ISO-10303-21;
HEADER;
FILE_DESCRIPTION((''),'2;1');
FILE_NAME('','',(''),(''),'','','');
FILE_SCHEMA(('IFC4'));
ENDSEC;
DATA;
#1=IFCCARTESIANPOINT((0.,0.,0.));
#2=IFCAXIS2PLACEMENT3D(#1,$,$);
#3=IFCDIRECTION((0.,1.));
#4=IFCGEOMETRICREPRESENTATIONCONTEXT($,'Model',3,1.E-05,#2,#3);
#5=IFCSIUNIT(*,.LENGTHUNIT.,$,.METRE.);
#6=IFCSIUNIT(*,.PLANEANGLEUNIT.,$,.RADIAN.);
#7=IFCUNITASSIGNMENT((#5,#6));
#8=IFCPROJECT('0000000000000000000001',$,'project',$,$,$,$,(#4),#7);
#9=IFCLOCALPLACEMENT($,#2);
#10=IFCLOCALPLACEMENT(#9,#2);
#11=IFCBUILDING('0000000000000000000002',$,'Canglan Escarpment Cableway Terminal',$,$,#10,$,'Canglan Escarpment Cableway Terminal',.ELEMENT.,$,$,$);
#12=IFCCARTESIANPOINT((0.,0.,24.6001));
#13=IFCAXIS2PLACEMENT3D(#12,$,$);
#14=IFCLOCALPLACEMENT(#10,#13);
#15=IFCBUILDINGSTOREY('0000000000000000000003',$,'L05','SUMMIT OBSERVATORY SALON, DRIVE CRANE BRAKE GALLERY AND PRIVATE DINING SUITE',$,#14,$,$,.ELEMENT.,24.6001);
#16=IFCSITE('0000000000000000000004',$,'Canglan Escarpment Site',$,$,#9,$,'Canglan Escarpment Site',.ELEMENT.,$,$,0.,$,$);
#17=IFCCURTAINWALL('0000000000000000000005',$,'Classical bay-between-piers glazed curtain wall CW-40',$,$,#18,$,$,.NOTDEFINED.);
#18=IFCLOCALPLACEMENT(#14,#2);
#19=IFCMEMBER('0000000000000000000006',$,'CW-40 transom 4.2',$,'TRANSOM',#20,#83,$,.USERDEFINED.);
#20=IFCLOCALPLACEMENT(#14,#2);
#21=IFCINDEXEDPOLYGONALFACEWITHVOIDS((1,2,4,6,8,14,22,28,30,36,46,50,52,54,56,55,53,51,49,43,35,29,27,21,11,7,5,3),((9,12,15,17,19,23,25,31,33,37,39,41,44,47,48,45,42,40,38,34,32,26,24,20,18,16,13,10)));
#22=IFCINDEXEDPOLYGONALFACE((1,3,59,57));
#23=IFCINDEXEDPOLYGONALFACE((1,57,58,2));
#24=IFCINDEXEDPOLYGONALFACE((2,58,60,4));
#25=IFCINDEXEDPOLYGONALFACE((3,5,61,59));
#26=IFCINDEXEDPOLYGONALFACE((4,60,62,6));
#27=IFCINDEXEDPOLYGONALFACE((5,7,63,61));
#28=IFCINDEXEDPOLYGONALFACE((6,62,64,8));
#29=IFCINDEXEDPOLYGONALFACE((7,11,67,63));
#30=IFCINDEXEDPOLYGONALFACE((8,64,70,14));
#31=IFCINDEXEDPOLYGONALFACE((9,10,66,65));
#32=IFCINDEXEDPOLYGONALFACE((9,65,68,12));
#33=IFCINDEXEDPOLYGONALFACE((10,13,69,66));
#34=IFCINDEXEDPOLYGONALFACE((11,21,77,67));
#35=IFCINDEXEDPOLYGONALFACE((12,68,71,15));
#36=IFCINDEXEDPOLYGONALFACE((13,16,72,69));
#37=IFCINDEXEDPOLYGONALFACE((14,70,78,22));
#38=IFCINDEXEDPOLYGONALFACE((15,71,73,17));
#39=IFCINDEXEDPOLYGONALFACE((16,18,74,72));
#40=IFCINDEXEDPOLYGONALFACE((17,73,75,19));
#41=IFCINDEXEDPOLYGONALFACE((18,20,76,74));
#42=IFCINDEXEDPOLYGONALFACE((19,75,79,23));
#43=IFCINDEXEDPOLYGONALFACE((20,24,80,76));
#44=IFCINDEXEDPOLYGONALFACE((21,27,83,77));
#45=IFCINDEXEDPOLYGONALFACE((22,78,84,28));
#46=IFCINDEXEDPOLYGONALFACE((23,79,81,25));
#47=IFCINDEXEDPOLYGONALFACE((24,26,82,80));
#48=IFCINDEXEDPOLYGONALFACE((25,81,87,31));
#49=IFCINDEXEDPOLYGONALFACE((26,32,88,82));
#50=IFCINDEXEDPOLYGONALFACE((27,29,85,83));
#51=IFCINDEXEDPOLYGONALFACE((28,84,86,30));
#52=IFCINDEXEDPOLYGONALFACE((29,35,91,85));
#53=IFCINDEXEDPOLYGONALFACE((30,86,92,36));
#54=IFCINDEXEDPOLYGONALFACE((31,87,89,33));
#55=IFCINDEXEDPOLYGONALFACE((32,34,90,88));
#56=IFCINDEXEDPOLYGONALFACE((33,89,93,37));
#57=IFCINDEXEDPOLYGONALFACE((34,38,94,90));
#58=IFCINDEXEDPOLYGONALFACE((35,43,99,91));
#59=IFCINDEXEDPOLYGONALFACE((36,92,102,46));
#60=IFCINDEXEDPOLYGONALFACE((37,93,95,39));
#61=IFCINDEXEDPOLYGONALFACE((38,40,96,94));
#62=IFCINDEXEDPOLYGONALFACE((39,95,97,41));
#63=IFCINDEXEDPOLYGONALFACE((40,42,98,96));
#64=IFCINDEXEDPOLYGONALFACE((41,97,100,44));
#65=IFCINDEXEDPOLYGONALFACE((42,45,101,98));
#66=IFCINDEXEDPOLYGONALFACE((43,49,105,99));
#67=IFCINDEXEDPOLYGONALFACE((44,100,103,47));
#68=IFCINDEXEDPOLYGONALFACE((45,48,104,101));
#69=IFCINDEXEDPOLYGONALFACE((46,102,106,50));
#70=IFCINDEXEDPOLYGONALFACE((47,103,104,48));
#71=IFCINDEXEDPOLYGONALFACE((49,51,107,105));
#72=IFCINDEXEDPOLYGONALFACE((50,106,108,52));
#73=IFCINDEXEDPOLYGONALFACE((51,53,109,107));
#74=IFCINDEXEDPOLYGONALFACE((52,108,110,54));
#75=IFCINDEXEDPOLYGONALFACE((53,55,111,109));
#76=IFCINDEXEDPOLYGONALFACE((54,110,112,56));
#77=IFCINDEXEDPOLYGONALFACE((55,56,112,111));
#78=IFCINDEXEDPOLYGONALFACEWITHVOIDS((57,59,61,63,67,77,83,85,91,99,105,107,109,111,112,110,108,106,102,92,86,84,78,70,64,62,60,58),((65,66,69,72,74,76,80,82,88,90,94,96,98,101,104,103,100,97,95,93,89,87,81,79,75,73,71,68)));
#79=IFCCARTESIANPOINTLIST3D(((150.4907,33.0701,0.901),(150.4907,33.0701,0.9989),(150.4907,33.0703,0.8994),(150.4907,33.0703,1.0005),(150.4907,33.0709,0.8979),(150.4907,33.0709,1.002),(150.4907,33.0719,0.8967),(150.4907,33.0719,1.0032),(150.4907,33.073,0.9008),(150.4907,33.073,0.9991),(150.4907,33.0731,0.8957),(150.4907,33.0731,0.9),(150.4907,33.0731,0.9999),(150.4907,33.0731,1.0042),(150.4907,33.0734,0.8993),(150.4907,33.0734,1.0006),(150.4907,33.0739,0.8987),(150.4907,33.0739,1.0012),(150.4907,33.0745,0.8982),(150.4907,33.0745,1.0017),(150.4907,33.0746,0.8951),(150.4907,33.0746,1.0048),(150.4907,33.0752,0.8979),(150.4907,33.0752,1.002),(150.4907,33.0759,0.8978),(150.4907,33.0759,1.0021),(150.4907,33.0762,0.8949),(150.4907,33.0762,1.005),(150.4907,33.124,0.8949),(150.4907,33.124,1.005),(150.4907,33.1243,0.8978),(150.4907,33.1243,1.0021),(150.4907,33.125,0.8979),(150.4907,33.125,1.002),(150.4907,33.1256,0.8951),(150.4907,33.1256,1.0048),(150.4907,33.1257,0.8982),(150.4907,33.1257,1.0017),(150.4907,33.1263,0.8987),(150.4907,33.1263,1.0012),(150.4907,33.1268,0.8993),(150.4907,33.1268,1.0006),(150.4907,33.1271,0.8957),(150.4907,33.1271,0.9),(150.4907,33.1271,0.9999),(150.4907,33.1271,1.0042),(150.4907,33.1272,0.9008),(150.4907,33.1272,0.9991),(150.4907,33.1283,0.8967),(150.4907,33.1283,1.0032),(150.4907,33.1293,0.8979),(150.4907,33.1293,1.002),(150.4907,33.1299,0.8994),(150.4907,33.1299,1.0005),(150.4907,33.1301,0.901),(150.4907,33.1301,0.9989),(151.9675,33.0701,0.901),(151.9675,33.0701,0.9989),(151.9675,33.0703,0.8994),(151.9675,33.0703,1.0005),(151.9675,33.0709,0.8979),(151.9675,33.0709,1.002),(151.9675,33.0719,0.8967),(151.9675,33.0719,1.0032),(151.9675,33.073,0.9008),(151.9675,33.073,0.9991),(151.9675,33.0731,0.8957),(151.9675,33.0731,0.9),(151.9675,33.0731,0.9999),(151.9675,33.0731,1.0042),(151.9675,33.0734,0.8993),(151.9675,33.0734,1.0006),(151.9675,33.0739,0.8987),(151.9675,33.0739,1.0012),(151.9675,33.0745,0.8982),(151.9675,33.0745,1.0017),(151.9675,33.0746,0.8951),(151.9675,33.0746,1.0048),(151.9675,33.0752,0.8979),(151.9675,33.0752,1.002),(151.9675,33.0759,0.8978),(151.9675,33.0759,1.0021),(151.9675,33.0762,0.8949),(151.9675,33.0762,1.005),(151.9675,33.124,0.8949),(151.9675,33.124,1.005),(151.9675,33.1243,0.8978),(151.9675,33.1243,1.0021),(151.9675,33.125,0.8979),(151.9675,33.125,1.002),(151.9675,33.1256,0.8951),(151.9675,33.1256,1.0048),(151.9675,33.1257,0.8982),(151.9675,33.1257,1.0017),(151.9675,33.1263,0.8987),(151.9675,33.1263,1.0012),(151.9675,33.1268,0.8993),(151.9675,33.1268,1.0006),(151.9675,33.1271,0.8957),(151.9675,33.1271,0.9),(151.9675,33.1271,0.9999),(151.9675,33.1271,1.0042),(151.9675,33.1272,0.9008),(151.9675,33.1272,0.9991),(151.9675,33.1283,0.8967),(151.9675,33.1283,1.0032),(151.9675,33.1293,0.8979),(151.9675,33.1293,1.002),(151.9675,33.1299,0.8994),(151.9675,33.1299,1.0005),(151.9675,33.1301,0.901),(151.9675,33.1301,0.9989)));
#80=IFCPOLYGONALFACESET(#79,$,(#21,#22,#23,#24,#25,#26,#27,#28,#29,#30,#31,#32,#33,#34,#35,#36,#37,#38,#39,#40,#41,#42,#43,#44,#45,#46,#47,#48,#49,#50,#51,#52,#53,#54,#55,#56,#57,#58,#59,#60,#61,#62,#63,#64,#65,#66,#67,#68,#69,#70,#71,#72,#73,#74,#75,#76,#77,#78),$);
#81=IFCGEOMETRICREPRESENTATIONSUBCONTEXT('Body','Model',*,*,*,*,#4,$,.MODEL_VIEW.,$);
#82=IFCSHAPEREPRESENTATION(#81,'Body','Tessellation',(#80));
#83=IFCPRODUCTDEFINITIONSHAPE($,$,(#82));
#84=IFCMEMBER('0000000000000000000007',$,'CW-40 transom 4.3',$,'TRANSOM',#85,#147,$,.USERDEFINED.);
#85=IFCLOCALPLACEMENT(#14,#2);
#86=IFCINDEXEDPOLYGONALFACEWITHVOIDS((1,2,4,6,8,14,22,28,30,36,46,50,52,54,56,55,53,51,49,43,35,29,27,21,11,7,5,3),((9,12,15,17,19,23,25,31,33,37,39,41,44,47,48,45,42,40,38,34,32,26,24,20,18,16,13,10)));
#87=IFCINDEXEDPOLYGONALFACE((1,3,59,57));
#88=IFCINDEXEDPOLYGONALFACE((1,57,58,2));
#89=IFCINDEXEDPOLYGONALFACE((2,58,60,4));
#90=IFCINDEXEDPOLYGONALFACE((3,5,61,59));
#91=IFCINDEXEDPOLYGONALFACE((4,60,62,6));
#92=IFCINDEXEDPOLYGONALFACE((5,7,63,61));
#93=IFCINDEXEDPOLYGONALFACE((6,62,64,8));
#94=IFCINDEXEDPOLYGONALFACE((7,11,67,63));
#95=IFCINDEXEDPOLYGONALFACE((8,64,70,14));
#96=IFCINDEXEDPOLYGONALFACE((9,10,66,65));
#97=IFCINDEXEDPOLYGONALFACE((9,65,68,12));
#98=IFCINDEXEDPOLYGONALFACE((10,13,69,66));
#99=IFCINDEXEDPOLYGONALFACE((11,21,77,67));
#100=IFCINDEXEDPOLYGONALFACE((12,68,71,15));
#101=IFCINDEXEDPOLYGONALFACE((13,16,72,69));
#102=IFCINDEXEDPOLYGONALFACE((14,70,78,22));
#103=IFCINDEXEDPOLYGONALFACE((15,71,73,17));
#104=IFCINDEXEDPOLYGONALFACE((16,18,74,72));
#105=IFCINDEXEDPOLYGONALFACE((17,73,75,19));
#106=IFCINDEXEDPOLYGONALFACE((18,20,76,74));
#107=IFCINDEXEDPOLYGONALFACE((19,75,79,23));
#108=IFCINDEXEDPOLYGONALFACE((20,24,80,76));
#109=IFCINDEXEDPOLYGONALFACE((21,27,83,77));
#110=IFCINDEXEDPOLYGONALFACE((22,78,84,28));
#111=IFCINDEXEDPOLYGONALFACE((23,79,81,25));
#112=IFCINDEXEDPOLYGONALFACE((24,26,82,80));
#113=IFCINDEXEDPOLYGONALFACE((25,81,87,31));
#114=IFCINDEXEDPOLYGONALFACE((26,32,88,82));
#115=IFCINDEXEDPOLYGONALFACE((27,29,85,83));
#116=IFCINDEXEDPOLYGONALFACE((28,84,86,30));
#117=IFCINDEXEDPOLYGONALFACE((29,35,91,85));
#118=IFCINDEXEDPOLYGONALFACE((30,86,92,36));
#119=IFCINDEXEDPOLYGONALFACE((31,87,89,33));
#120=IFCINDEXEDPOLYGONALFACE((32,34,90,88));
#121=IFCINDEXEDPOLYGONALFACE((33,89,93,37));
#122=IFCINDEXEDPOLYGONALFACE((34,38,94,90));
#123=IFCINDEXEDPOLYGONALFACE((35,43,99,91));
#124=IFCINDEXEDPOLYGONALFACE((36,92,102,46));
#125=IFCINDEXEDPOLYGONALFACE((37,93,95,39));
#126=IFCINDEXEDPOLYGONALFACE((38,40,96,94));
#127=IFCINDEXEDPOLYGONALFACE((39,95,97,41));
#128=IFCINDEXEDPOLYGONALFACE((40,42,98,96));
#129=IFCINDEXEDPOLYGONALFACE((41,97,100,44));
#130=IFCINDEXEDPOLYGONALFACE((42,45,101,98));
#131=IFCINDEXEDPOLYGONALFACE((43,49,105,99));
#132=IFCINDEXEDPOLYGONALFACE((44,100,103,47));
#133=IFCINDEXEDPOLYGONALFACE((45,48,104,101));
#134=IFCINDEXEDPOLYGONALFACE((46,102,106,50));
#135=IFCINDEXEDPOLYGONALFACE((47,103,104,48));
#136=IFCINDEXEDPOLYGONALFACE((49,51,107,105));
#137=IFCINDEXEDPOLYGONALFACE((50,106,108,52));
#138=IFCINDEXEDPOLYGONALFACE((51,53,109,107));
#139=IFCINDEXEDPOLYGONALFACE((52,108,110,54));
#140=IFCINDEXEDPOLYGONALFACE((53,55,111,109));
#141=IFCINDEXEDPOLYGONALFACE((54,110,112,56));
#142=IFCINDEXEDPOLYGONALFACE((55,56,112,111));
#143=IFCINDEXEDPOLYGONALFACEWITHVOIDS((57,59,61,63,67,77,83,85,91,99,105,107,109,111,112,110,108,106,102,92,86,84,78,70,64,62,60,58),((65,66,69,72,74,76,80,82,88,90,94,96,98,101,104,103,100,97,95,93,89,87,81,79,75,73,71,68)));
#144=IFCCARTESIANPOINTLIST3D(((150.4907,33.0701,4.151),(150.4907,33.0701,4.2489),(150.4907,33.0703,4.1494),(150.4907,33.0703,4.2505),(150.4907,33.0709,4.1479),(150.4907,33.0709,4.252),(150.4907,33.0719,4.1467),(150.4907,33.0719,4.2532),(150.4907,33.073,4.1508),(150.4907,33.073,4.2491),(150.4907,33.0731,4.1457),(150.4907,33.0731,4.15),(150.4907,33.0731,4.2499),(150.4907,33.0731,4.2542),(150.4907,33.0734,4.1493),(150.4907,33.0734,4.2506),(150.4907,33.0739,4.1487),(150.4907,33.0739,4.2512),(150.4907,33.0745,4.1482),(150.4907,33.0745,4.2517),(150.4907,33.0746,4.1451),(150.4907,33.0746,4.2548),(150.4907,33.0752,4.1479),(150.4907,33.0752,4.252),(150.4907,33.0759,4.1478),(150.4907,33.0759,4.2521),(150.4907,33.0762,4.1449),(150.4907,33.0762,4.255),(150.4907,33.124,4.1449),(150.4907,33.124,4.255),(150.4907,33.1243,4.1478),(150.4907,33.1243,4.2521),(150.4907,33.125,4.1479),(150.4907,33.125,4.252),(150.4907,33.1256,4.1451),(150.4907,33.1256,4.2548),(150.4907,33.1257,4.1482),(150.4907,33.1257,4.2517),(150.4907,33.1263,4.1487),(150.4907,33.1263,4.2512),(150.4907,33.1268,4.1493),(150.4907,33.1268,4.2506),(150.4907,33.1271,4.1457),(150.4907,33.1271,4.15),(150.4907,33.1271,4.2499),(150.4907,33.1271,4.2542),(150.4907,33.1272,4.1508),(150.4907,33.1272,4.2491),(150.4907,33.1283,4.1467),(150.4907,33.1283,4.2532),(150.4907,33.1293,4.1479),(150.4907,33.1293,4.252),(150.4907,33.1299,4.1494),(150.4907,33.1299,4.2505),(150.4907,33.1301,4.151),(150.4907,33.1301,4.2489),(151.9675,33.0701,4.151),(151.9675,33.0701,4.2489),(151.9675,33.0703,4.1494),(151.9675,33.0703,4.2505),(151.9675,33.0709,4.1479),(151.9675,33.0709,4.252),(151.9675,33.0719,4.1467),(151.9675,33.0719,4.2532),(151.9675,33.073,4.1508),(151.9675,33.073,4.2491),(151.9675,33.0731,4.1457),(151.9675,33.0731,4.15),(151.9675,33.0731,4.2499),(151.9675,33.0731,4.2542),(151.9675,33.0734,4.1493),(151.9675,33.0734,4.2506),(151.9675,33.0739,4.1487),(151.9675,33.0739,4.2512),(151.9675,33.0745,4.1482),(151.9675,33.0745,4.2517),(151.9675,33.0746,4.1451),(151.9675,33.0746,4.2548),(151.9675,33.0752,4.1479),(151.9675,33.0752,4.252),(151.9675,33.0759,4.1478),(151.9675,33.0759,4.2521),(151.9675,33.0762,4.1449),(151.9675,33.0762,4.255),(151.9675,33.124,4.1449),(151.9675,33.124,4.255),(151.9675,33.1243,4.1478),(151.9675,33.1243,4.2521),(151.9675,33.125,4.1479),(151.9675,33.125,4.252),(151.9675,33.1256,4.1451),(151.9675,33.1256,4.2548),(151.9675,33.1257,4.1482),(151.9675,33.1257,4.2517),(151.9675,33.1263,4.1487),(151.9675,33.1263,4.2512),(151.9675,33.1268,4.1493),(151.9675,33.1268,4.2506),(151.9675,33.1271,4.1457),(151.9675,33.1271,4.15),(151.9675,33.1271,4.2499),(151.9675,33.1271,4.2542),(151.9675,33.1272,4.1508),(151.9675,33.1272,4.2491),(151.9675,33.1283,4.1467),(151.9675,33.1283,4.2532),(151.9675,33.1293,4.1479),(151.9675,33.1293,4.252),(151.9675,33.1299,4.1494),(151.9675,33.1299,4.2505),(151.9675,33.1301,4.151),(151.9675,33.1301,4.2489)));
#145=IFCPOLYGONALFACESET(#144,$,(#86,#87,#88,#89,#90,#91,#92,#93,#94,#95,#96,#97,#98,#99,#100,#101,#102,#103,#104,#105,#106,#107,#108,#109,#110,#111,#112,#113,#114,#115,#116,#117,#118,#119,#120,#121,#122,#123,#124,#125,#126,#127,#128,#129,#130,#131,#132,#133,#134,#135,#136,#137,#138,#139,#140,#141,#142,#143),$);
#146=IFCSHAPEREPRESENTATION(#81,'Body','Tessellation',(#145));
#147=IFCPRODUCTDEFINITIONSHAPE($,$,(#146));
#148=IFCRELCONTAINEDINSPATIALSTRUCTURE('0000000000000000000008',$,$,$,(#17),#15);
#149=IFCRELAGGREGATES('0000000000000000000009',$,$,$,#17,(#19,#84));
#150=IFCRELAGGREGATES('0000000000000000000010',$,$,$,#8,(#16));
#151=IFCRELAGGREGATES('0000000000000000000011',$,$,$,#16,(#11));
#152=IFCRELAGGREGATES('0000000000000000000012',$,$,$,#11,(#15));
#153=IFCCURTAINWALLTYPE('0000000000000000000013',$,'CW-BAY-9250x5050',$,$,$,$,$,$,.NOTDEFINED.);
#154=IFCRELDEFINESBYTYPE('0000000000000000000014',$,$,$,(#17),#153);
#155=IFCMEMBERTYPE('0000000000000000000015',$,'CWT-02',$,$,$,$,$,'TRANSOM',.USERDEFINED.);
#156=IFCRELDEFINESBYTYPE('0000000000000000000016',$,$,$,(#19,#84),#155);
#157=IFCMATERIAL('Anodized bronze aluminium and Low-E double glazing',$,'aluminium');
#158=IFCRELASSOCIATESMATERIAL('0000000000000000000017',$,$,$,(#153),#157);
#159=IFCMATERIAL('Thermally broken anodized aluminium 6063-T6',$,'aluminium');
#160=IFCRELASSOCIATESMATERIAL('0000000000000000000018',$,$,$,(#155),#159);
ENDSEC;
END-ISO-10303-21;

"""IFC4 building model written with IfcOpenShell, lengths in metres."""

from ifc_helpers import new_model, si_unit, direction, frame, origin, origin_2d, place, context, subcontext, project, spatial, hollow_rectangle, extrude, material, material_profile, profile_set, type_object, element, aggregate, save


model = new_model("IFC4")

# Units and contexts
model_context = context("Model", 3, precision=1e-05, world=origin(), true_north=direction((0.0, 1.0)))
body_context = subcontext(model_context, "Body", "Model", "MODEL_VIEW")
ifc_project = project(units=[si_unit("LENGTHUNIT", "METRE"), si_unit("PLANEANGLEUNIT", "RADIAN")], contexts=[model_context])

# Site, building, storey
site_placement = place(None, origin())
site = spatial("IfcSite", under=ifc_project, at=site_placement, Name="Canglan Escarpment Site", LongName="Canglan Escarpment Site", CompositionType="ELEMENT", RefElevation=0.0)
building_placement = place(site_placement, origin())
building = spatial("IfcBuilding", under=site, at=building_placement, Name="Canglan Escarpment Cableway Terminal", LongName="Canglan Escarpment Cableway Terminal", CompositionType="ELEMENT")
storey_placement = place(building_placement, frame((0.0, 0.0, 24.6001)))
storey = spatial("IfcBuildingStorey", under=building, at=storey_placement, Name="L05", Description="SUMMIT OBSERVATORY SALON, DRIVE CRANE BRAKE GALLERY AND PRIVATE DINING SUITE", CompositionType="ELEMENT", Elevation=24.6001)

# Shared definitions
ifc_material_1 = material(Name="Anodized bronze aluminium and Low-E double glazing", Category="aluminium")
ifc_material_2 = material(Name="Thermally broken anodized aluminium 6063-T6", Category="aluminium")

# Curtain wall
curtain_wall_type_1 = type_object("IfcCurtainWallType", Name="CW-BAY-9250x5050", PredefinedType="NOTDEFINED", material=ifc_material_1)
curtain_wall_1_placement = place(storey_placement, origin())
curtain_wall_1 = element("IfcCurtainWall", 1, at=curtain_wall_1_placement, inside=storey, type_object=curtain_wall_type_1, Name="Classical bay-between-piers glazed curtain wall CW-40", PredefinedType="NOTDEFINED")

# Members
ifc_material_profile_1 = material_profile(ifc_material_2, hollow_rectangle(XDim=0.0601, YDim=0.1101, WallThickness=0.0029, InnerFilletRadius=0.0029, OuterFilletRadius=0.0061, at=origin_2d()), Name="ALU-TRAN 60x110x3")
ifc_profile_set_1 = profile_set([ifc_material_profile_1], Name="Thermally broken anodized aluminium 6063-T6")
member_type_1 = type_object("IfcMemberType", Name="CWT-02", ElementType="TRANSOM", PredefinedType="USERDEFINED", material=ifc_profile_set_1)
member_1_placement = place(storey_placement, frame((151.9675, 33.1001, 0.95), z_axis=(-1.0, 0.0, 0.0), x_axis=(0.0, -1.0, 0.0)))
member_1 = element("IfcMember", 2, at=member_1_placement, type_object=member_type_1, Name="CW-40 transom 4.2", ObjectType="TRANSOM", PredefinedType="USERDEFINED", context=body_context, shape_type="SweptSolid", body=[
    extrude(hollow_rectangle(XDim=0.0601, YDim=0.1101, WallThickness=0.0029, InnerFilletRadius=0.0029, OuterFilletRadius=0.0061, at=origin_2d()), origin(), (0.0, 0.0, 1.0), 1.4768),
])
member_2_placement = place(storey_placement, frame((151.9675, 33.1001, 4.2), z_axis=(-1.0, 0.0, 0.0), x_axis=(0.0, -1.0, 0.0)))
member_2 = element("IfcMember", 3, at=member_2_placement, type_object=member_type_1, Name="CW-40 transom 4.3", ObjectType="TRANSOM", PredefinedType="USERDEFINED", context=body_context, shape_type="SweptSolid", body=[
    extrude(hollow_rectangle(XDim=0.0601, YDim=0.1101, WallThickness=0.0029, InnerFilletRadius=0.0029, OuterFilletRadius=0.0061, at=origin_2d()), origin(), (0.0, 0.0, 1.0), 1.4768),
])

aggregate(curtain_wall_1, [member_1, member_2])

save(model, "model.ifc")
